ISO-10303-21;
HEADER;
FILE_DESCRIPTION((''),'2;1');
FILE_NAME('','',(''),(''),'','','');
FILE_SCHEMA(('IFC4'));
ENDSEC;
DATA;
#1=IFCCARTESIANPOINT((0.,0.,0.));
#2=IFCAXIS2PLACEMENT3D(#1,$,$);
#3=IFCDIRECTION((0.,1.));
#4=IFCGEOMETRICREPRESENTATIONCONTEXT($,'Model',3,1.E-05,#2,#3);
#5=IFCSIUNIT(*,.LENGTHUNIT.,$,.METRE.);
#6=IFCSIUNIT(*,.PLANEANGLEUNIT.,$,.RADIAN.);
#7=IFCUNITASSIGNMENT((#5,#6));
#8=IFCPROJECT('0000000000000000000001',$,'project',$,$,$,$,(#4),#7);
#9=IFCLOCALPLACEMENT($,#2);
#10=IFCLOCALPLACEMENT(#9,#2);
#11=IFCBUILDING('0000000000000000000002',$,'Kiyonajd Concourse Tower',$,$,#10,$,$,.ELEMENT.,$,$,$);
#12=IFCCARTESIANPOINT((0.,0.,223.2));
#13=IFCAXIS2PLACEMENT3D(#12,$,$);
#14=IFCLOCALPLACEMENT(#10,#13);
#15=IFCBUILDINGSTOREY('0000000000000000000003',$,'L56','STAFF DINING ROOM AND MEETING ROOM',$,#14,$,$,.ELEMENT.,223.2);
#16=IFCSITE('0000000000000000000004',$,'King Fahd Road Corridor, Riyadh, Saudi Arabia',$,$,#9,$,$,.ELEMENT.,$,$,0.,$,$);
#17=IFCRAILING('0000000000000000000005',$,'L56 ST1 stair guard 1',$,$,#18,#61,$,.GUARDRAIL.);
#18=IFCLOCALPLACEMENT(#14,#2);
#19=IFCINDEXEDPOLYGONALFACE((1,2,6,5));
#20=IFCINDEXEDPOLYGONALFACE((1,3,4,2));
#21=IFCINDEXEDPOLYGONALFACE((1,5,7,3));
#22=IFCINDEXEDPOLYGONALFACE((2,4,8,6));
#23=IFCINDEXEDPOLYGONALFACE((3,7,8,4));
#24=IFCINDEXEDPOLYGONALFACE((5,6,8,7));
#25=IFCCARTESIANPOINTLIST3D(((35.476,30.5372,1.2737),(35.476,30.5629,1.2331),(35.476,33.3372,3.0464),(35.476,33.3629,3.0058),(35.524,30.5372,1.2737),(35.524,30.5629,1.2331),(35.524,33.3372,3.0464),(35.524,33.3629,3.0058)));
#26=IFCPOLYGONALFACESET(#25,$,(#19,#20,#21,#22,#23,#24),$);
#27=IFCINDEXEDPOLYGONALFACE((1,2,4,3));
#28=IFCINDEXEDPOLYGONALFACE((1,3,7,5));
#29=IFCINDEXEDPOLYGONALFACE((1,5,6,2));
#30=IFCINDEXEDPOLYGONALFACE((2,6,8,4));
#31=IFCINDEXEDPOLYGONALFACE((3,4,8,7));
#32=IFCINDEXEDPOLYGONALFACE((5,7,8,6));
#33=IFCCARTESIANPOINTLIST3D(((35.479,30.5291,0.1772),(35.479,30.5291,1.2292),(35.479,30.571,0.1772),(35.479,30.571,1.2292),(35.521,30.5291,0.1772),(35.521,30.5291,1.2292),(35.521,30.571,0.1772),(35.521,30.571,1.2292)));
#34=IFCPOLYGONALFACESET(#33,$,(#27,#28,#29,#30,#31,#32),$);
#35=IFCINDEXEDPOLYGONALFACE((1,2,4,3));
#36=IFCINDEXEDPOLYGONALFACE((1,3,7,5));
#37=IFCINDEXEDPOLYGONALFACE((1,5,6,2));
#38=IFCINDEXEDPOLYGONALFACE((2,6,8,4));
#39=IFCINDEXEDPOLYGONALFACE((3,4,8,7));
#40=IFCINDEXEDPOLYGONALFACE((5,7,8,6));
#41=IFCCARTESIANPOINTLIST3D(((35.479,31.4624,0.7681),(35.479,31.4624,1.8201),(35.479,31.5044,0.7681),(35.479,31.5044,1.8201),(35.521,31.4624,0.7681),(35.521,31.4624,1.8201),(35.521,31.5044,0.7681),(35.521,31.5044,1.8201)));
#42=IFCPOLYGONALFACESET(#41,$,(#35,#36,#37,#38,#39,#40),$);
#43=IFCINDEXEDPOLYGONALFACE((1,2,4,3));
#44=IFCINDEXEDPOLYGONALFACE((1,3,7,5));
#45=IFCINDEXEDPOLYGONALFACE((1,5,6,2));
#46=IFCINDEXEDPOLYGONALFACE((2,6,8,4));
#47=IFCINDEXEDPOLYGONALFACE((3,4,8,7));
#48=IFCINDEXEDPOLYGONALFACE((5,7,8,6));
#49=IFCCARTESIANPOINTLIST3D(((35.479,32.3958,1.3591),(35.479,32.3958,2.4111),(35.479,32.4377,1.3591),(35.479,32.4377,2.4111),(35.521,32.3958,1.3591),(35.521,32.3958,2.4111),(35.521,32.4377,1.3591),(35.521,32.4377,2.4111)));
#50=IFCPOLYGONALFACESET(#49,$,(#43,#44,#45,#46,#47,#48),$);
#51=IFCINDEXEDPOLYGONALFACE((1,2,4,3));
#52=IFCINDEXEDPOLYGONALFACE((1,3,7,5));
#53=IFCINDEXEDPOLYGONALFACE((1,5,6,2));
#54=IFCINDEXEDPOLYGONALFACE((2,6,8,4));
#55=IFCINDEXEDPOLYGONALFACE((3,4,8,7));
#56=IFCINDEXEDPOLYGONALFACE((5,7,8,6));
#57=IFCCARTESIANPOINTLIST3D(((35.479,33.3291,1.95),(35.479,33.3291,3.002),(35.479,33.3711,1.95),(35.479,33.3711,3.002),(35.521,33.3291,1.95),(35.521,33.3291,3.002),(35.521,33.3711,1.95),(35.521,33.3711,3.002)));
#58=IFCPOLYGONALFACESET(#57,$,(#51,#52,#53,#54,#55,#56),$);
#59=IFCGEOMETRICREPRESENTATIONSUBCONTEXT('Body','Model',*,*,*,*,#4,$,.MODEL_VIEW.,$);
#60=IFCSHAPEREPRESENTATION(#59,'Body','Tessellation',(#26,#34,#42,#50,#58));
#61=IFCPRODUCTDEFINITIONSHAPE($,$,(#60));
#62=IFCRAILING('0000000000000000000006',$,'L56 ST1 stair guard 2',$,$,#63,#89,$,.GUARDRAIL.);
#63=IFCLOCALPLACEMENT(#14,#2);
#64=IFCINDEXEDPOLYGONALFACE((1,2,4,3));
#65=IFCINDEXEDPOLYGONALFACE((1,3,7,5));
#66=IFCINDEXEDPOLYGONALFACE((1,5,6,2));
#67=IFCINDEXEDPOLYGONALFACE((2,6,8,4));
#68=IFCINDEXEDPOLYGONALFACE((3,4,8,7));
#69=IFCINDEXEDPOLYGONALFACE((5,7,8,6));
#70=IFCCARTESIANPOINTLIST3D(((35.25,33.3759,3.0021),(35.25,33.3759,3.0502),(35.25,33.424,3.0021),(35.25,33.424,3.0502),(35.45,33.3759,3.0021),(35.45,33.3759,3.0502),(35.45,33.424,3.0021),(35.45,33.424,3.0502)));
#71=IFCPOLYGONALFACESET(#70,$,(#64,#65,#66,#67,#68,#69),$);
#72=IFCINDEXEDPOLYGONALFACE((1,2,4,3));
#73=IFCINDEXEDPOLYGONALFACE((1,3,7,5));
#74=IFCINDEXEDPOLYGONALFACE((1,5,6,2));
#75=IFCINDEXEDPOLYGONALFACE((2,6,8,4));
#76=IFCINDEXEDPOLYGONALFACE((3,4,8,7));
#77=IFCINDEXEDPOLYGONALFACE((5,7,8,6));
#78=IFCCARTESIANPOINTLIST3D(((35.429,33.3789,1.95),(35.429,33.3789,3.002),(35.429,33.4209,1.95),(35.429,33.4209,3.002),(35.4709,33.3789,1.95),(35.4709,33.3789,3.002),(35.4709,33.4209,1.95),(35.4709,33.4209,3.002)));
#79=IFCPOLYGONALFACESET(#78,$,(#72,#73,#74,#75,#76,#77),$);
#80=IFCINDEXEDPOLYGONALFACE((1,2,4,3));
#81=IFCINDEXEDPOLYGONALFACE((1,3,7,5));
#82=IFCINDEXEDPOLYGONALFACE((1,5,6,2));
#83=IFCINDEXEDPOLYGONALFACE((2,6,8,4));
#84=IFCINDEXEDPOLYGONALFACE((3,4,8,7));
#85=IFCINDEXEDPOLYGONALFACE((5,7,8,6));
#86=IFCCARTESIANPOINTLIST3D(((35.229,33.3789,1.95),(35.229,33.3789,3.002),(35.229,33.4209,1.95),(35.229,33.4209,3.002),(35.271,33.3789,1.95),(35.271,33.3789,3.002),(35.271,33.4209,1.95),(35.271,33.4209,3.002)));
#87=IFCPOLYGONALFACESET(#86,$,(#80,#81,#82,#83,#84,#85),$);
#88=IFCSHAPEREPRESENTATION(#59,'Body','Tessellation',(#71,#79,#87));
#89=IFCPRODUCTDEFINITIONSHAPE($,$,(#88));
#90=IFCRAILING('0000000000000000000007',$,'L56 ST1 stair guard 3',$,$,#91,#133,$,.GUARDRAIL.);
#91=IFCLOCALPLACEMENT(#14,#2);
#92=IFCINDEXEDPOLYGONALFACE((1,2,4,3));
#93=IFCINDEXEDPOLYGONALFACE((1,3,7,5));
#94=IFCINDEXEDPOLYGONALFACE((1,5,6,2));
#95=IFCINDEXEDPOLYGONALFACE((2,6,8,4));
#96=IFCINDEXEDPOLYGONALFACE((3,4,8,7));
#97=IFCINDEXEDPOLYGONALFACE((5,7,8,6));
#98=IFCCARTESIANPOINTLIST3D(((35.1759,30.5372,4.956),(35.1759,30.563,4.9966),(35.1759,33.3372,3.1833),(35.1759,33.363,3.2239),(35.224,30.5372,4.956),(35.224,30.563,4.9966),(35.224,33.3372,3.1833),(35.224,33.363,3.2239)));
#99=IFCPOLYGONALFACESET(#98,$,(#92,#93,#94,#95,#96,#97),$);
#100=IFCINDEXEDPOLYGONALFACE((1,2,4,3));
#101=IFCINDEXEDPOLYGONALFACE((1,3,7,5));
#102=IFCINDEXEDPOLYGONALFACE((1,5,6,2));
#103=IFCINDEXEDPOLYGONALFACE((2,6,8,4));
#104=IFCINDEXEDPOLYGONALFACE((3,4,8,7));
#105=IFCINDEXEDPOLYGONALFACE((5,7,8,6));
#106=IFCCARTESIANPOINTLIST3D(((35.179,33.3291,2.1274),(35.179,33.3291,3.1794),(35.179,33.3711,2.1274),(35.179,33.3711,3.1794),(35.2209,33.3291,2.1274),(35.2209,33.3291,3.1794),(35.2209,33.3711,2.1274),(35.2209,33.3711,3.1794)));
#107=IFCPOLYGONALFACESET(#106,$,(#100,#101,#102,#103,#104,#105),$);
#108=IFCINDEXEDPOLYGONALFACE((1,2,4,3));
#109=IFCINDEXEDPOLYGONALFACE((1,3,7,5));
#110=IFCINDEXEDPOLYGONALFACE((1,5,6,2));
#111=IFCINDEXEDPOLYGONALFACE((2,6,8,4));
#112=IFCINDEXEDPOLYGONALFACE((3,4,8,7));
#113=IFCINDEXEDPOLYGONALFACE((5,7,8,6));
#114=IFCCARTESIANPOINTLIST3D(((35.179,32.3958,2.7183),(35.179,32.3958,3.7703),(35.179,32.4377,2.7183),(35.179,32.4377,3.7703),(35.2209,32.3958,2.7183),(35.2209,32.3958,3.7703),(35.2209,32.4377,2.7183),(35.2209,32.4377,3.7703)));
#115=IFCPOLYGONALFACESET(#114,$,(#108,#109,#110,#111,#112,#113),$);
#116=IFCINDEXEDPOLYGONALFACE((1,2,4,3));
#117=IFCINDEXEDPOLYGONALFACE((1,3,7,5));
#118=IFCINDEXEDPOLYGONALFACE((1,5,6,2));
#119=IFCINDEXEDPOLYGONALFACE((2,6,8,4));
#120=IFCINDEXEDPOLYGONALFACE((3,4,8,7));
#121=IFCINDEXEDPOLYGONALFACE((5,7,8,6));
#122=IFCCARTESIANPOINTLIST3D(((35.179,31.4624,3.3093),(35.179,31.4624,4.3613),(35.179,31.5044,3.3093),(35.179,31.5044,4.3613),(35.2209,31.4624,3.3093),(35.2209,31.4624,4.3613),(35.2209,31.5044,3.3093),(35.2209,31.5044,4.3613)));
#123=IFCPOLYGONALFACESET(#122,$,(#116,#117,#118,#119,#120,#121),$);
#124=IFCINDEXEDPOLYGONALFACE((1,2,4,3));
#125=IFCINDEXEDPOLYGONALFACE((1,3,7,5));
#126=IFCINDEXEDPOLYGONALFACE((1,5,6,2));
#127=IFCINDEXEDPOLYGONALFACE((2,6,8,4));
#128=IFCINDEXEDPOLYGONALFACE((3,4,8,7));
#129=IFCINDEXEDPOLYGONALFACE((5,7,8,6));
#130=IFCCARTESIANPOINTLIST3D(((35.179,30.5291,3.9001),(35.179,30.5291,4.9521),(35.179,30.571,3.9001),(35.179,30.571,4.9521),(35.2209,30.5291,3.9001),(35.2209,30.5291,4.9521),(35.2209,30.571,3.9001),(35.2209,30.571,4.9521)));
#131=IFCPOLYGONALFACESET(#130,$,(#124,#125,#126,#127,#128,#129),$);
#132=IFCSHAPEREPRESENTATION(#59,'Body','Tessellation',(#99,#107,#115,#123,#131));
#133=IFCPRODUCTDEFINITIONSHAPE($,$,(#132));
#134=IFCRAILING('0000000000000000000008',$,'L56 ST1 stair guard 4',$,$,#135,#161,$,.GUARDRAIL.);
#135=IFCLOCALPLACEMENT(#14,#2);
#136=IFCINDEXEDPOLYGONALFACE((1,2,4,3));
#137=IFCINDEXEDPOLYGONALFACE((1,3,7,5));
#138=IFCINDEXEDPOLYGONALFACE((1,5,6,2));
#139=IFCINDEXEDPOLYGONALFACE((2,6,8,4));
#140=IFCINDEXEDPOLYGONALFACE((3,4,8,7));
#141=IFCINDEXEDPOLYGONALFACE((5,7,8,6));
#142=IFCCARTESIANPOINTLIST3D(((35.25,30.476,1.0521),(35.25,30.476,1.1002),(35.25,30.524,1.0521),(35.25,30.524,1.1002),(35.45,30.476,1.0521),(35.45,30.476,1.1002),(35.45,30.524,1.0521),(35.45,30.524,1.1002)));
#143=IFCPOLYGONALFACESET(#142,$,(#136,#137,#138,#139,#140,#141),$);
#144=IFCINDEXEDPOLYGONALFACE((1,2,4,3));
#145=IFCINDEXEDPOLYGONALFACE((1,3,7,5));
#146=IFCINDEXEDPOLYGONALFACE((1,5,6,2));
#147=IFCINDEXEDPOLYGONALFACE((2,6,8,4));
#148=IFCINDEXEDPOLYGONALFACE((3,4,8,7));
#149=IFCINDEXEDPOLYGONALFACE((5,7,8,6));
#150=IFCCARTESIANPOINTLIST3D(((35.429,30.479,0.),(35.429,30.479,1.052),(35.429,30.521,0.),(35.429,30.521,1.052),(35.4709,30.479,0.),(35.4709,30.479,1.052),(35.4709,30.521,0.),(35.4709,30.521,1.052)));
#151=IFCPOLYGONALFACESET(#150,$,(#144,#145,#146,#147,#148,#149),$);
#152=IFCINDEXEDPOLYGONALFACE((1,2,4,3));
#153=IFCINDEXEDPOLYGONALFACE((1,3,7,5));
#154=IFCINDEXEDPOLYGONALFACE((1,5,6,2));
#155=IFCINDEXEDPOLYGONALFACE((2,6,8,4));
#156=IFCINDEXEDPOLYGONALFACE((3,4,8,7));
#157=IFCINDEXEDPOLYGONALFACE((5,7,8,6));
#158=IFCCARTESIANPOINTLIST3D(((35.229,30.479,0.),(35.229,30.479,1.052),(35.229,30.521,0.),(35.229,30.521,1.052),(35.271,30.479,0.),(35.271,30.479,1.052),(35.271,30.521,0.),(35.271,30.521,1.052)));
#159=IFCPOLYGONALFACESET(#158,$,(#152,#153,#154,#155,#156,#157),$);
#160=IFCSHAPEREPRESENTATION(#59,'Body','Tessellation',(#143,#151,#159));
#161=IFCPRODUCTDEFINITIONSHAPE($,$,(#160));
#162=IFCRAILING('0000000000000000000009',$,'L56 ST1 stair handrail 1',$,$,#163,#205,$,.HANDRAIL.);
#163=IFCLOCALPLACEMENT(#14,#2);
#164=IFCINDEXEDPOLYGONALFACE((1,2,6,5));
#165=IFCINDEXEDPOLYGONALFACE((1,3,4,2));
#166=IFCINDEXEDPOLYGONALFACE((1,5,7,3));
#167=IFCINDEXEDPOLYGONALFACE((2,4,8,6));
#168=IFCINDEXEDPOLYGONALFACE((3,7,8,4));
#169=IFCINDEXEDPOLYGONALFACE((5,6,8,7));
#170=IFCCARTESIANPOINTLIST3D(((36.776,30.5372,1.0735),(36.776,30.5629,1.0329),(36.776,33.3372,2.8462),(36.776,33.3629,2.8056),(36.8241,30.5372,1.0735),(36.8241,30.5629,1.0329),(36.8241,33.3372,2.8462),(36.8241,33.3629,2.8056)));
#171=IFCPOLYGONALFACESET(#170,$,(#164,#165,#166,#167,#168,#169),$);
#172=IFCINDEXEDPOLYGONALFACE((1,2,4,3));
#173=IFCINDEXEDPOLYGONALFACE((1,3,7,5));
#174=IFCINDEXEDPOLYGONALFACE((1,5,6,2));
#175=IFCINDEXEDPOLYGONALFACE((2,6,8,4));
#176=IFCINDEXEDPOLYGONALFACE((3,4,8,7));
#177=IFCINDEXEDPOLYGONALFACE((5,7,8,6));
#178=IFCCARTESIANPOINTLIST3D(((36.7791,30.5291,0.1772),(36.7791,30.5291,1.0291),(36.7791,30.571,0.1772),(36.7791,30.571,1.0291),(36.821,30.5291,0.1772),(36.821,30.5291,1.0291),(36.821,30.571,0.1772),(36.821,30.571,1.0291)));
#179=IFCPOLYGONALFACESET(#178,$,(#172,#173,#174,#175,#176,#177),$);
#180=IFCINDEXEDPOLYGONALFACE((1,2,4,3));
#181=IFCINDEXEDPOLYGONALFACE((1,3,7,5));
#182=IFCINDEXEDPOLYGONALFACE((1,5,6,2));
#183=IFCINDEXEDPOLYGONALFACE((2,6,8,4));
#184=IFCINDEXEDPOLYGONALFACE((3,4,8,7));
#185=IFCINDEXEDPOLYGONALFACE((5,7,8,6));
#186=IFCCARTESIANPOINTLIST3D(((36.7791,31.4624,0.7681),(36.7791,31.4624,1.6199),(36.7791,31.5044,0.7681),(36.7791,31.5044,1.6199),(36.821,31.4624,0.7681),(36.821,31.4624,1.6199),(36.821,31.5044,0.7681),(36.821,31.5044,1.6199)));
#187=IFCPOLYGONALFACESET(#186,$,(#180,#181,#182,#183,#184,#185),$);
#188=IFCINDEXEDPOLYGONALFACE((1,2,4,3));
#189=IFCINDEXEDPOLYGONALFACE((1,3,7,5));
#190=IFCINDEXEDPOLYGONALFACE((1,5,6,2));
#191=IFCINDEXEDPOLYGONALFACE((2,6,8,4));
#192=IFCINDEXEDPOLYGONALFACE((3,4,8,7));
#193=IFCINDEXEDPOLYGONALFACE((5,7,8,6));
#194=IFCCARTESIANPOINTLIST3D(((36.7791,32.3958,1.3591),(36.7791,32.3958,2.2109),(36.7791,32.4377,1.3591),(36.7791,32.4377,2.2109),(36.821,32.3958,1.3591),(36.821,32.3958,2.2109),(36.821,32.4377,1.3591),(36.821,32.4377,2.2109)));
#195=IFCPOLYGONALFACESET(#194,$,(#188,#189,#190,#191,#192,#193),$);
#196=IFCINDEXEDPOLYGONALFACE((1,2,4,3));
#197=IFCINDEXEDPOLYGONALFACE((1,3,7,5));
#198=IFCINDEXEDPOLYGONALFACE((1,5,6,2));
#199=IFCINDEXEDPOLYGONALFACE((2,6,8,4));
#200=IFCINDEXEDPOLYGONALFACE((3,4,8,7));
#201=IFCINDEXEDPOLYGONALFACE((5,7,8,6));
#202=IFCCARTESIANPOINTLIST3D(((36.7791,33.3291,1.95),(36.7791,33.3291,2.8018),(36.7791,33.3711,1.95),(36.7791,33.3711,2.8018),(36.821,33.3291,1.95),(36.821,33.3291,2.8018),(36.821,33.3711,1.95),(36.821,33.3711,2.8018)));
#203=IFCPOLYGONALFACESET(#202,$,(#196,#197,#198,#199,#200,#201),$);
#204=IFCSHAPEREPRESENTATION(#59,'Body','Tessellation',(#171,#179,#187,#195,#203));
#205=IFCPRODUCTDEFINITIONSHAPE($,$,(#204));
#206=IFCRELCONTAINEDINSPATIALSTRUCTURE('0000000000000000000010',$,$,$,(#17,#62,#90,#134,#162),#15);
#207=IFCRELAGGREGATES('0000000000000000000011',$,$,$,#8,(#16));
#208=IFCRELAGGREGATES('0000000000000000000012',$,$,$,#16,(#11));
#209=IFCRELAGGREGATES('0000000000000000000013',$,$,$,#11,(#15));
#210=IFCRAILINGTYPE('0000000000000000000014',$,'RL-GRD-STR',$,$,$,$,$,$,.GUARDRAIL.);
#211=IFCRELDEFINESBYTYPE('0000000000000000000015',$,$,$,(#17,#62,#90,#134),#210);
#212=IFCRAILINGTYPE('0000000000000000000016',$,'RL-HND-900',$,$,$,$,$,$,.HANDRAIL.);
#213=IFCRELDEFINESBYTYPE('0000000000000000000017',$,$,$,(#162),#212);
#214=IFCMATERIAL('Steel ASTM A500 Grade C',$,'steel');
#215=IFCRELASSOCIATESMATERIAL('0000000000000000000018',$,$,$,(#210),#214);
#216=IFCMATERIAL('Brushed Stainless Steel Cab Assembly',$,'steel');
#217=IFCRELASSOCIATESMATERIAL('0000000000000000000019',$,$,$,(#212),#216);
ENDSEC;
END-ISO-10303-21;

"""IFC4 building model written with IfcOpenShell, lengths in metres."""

from ifc_helpers import new_model, si_unit, direction, frame, origin, origin_2d, place, context, subcontext, project, spatial, rectangle, extrude, material, type_object, element, save


model = new_model("IFC4")

# Units and contexts
model_context = context("Model", 3, precision=1e-05, world=origin(), true_north=direction((0.0, 1.0)))
body_context = subcontext(model_context, "Body", "Model", "MODEL_VIEW")
ifc_project = project(units=[si_unit("LENGTHUNIT", "METRE"), si_unit("PLANEANGLEUNIT", "RADIAN")], contexts=[model_context])

# Site, building, storey
site_placement = place(None, origin())
site = spatial("IfcSite", under=ifc_project, at=site_placement, Name="King Fahd Road Corridor, Riyadh, Saudi Arabia", CompositionType="ELEMENT", RefElevation=0.0)
building_placement = place(site_placement, origin())
building = spatial("IfcBuilding", under=site, at=building_placement, Name="Kiyonajd Concourse Tower", CompositionType="ELEMENT")
storey_placement = place(building_placement, frame((0.0, 0.0, 223.2)))
storey = spatial("IfcBuildingStorey", under=building, at=storey_placement, Name="L56", Description="STAFF DINING ROOM AND MEETING ROOM", CompositionType="ELEMENT", Elevation=223.2)

# Shared definitions
ifc_material_1 = material(Name="Brushed Stainless Steel Cab Assembly", Category="steel")

# Railings
ifc_material_2 = material(Name="Steel ASTM A500 Grade C", Category="steel")
railing_type_1 = type_object("IfcRailingType", Name="RL-GRD-STR", PredefinedType="GUARDRAIL", material=ifc_material_2)
railing_1_placement = place(storey_placement, frame((35.5, 30.55, 0.1772)))
element("IfcRailing", 1, at=railing_1_placement, inside=storey, type_object=railing_type_1, Name="L56 ST1 stair guard 1", PredefinedType="GUARDRAIL", context=body_context, shape_type="SweptSolid", body=[
    extrude(rectangle(XDim=0.0481, YDim=0.0481, at=origin_2d()), frame((0.0, 0.0, 1.0762), z_axis=(0.0, 0.844909, 0.53491), x_axis=(-1.0, 0.0, 0.0)), (0.0, 0.0, 1.0), 3.314),
    extrude(rectangle(XDim=0.042, YDim=0.042, at=origin_2d()), origin(), (0.0, 0.0, 1.0), 1.052),
    extrude(rectangle(XDim=0.042, YDim=0.042, at=origin_2d()), frame((0.0, 0.9333, 0.5908)), (0.0, 0.0, 1.0), 1.052),
    extrude(rectangle(XDim=0.042, YDim=0.042, at=origin_2d()), frame((0.0, 1.8667, 1.1819)), (0.0, 0.0, 1.0), 1.052),
    extrude(rectangle(XDim=0.042, YDim=0.042, at=origin_2d()), frame((0.0, 2.8, 1.7727)), (0.0, 0.0, 1.0), 1.052),
])
railing_2_placement = place(storey_placement, frame((35.45, 33.3999, 1.95)))
element("IfcRailing", 2, at=railing_2_placement, inside=storey, type_object=railing_type_1, Name="L56 ST1 stair guard 2", PredefinedType="GUARDRAIL", context=body_context, shape_type="SweptSolid", body=[
    extrude(rectangle(XDim=0.0481, YDim=0.0481, at=origin_2d()), frame((0.0, 0.0, 1.0762), z_axis=(-1.0, 0.0, 0.0), x_axis=(0.0, -1.0, 0.0)), (0.0, 0.0, 1.0), 0.2),
    extrude(rectangle(XDim=0.042, YDim=0.042, at=origin_2d()), origin(), (0.0, 0.0, 1.0), 1.052),
    extrude(rectangle(XDim=0.042, YDim=0.042, at=origin_2d()), frame((-0.2, 0.0, 0.0)), (0.0, 0.0, 1.0), 1.052),
])
railing_3_placement = place(storey_placement, frame((35.2, 33.3501, 2.1274)))
element("IfcRailing", 3, at=railing_3_placement, inside=storey, type_object=railing_type_1, Name="L56 ST1 stair guard 3", PredefinedType="GUARDRAIL", context=body_context, shape_type="SweptSolid", body=[
    extrude(rectangle(XDim=0.0481, YDim=0.0481, at=origin_2d()), frame((0.0, 0.0, 1.0762), z_axis=(0.0, -0.844909, 0.53491), x_axis=(1.0, 0.0, 0.0)), (0.0, 0.0, 1.0), 3.314),
    extrude(rectangle(XDim=0.042, YDim=0.042, at=origin_2d()), origin(), (0.0, 0.0, 1.0), 1.052),
    extrude(rectangle(XDim=0.042, YDim=0.042, at=origin_2d()), frame((0.0, -0.9333, 0.5908)), (0.0, 0.0, 1.0), 1.052),
    extrude(rectangle(XDim=0.042, YDim=0.042, at=origin_2d()), frame((0.0, -1.8667, 1.1819)), (0.0, 0.0, 1.0), 1.052),
    extrude(rectangle(XDim=0.042, YDim=0.042, at=origin_2d()), frame((0.0, -2.8, 1.7727)), (0.0, 0.0, 1.0), 1.052),
])
railing_4_placement = place(storey_placement, frame((35.45, 30.5, 0.0)))
element("IfcRailing", 4, at=railing_4_placement, inside=storey, type_object=railing_type_1, Name="L56 ST1 stair guard 4", PredefinedType="GUARDRAIL", context=body_context, shape_type="SweptSolid", body=[
    extrude(rectangle(XDim=0.0481, YDim=0.0481, at=origin_2d()), frame((0.0, 0.0, 1.0762), z_axis=(-1.0, 0.0, 0.0), x_axis=(0.0, -1.0, 0.0)), (0.0, 0.0, 1.0), 0.2),
    extrude(rectangle(XDim=0.042, YDim=0.042, at=origin_2d()), origin(), (0.0, 0.0, 1.0), 1.052),
    extrude(rectangle(XDim=0.042, YDim=0.042, at=origin_2d()), frame((-0.2, 0.0, 0.0)), (0.0, 0.0, 1.0), 1.052),
])
railing_type_2 = type_object("IfcRailingType", Name="RL-HND-900", PredefinedType="HANDRAIL", material=ifc_material_1)
railing_5_placement = place(storey_placement, frame((36.8, 30.55, 0.1772)))
element("IfcRailing", 5, at=railing_5_placement, inside=storey, type_object=railing_type_2, Name="L56 ST1 stair handrail 1", PredefinedType="HANDRAIL", context=body_context, shape_type="SweptSolid", body=[
    extrude(rectangle(XDim=0.0481, YDim=0.0481, at=origin_2d()), frame((0.0, 0.0, 0.876), z_axis=(0.0, 0.844909, 0.53491), x_axis=(-1.0, 0.0, 0.0)), (0.0, 0.0, 1.0), 3.314),
    extrude(rectangle(XDim=0.042, YDim=0.042, at=origin_2d()), origin(), (0.0, 0.0, 1.0), 0.8518),
    extrude(rectangle(XDim=0.042, YDim=0.042, at=origin_2d()), frame((0.0, 0.9333, 0.5908)), (0.0, 0.0, 1.0), 0.8518),
    extrude(rectangle(XDim=0.042, YDim=0.042, at=origin_2d()), frame((0.0, 1.8667, 1.1819)), (0.0, 0.0, 1.0), 0.8518),
    extrude(rectangle(XDim=0.042, YDim=0.042, at=origin_2d()), frame((0.0, 2.8, 1.7727)), (0.0, 0.0, 1.0), 0.8518),
])

save(model, "model.ifc")
